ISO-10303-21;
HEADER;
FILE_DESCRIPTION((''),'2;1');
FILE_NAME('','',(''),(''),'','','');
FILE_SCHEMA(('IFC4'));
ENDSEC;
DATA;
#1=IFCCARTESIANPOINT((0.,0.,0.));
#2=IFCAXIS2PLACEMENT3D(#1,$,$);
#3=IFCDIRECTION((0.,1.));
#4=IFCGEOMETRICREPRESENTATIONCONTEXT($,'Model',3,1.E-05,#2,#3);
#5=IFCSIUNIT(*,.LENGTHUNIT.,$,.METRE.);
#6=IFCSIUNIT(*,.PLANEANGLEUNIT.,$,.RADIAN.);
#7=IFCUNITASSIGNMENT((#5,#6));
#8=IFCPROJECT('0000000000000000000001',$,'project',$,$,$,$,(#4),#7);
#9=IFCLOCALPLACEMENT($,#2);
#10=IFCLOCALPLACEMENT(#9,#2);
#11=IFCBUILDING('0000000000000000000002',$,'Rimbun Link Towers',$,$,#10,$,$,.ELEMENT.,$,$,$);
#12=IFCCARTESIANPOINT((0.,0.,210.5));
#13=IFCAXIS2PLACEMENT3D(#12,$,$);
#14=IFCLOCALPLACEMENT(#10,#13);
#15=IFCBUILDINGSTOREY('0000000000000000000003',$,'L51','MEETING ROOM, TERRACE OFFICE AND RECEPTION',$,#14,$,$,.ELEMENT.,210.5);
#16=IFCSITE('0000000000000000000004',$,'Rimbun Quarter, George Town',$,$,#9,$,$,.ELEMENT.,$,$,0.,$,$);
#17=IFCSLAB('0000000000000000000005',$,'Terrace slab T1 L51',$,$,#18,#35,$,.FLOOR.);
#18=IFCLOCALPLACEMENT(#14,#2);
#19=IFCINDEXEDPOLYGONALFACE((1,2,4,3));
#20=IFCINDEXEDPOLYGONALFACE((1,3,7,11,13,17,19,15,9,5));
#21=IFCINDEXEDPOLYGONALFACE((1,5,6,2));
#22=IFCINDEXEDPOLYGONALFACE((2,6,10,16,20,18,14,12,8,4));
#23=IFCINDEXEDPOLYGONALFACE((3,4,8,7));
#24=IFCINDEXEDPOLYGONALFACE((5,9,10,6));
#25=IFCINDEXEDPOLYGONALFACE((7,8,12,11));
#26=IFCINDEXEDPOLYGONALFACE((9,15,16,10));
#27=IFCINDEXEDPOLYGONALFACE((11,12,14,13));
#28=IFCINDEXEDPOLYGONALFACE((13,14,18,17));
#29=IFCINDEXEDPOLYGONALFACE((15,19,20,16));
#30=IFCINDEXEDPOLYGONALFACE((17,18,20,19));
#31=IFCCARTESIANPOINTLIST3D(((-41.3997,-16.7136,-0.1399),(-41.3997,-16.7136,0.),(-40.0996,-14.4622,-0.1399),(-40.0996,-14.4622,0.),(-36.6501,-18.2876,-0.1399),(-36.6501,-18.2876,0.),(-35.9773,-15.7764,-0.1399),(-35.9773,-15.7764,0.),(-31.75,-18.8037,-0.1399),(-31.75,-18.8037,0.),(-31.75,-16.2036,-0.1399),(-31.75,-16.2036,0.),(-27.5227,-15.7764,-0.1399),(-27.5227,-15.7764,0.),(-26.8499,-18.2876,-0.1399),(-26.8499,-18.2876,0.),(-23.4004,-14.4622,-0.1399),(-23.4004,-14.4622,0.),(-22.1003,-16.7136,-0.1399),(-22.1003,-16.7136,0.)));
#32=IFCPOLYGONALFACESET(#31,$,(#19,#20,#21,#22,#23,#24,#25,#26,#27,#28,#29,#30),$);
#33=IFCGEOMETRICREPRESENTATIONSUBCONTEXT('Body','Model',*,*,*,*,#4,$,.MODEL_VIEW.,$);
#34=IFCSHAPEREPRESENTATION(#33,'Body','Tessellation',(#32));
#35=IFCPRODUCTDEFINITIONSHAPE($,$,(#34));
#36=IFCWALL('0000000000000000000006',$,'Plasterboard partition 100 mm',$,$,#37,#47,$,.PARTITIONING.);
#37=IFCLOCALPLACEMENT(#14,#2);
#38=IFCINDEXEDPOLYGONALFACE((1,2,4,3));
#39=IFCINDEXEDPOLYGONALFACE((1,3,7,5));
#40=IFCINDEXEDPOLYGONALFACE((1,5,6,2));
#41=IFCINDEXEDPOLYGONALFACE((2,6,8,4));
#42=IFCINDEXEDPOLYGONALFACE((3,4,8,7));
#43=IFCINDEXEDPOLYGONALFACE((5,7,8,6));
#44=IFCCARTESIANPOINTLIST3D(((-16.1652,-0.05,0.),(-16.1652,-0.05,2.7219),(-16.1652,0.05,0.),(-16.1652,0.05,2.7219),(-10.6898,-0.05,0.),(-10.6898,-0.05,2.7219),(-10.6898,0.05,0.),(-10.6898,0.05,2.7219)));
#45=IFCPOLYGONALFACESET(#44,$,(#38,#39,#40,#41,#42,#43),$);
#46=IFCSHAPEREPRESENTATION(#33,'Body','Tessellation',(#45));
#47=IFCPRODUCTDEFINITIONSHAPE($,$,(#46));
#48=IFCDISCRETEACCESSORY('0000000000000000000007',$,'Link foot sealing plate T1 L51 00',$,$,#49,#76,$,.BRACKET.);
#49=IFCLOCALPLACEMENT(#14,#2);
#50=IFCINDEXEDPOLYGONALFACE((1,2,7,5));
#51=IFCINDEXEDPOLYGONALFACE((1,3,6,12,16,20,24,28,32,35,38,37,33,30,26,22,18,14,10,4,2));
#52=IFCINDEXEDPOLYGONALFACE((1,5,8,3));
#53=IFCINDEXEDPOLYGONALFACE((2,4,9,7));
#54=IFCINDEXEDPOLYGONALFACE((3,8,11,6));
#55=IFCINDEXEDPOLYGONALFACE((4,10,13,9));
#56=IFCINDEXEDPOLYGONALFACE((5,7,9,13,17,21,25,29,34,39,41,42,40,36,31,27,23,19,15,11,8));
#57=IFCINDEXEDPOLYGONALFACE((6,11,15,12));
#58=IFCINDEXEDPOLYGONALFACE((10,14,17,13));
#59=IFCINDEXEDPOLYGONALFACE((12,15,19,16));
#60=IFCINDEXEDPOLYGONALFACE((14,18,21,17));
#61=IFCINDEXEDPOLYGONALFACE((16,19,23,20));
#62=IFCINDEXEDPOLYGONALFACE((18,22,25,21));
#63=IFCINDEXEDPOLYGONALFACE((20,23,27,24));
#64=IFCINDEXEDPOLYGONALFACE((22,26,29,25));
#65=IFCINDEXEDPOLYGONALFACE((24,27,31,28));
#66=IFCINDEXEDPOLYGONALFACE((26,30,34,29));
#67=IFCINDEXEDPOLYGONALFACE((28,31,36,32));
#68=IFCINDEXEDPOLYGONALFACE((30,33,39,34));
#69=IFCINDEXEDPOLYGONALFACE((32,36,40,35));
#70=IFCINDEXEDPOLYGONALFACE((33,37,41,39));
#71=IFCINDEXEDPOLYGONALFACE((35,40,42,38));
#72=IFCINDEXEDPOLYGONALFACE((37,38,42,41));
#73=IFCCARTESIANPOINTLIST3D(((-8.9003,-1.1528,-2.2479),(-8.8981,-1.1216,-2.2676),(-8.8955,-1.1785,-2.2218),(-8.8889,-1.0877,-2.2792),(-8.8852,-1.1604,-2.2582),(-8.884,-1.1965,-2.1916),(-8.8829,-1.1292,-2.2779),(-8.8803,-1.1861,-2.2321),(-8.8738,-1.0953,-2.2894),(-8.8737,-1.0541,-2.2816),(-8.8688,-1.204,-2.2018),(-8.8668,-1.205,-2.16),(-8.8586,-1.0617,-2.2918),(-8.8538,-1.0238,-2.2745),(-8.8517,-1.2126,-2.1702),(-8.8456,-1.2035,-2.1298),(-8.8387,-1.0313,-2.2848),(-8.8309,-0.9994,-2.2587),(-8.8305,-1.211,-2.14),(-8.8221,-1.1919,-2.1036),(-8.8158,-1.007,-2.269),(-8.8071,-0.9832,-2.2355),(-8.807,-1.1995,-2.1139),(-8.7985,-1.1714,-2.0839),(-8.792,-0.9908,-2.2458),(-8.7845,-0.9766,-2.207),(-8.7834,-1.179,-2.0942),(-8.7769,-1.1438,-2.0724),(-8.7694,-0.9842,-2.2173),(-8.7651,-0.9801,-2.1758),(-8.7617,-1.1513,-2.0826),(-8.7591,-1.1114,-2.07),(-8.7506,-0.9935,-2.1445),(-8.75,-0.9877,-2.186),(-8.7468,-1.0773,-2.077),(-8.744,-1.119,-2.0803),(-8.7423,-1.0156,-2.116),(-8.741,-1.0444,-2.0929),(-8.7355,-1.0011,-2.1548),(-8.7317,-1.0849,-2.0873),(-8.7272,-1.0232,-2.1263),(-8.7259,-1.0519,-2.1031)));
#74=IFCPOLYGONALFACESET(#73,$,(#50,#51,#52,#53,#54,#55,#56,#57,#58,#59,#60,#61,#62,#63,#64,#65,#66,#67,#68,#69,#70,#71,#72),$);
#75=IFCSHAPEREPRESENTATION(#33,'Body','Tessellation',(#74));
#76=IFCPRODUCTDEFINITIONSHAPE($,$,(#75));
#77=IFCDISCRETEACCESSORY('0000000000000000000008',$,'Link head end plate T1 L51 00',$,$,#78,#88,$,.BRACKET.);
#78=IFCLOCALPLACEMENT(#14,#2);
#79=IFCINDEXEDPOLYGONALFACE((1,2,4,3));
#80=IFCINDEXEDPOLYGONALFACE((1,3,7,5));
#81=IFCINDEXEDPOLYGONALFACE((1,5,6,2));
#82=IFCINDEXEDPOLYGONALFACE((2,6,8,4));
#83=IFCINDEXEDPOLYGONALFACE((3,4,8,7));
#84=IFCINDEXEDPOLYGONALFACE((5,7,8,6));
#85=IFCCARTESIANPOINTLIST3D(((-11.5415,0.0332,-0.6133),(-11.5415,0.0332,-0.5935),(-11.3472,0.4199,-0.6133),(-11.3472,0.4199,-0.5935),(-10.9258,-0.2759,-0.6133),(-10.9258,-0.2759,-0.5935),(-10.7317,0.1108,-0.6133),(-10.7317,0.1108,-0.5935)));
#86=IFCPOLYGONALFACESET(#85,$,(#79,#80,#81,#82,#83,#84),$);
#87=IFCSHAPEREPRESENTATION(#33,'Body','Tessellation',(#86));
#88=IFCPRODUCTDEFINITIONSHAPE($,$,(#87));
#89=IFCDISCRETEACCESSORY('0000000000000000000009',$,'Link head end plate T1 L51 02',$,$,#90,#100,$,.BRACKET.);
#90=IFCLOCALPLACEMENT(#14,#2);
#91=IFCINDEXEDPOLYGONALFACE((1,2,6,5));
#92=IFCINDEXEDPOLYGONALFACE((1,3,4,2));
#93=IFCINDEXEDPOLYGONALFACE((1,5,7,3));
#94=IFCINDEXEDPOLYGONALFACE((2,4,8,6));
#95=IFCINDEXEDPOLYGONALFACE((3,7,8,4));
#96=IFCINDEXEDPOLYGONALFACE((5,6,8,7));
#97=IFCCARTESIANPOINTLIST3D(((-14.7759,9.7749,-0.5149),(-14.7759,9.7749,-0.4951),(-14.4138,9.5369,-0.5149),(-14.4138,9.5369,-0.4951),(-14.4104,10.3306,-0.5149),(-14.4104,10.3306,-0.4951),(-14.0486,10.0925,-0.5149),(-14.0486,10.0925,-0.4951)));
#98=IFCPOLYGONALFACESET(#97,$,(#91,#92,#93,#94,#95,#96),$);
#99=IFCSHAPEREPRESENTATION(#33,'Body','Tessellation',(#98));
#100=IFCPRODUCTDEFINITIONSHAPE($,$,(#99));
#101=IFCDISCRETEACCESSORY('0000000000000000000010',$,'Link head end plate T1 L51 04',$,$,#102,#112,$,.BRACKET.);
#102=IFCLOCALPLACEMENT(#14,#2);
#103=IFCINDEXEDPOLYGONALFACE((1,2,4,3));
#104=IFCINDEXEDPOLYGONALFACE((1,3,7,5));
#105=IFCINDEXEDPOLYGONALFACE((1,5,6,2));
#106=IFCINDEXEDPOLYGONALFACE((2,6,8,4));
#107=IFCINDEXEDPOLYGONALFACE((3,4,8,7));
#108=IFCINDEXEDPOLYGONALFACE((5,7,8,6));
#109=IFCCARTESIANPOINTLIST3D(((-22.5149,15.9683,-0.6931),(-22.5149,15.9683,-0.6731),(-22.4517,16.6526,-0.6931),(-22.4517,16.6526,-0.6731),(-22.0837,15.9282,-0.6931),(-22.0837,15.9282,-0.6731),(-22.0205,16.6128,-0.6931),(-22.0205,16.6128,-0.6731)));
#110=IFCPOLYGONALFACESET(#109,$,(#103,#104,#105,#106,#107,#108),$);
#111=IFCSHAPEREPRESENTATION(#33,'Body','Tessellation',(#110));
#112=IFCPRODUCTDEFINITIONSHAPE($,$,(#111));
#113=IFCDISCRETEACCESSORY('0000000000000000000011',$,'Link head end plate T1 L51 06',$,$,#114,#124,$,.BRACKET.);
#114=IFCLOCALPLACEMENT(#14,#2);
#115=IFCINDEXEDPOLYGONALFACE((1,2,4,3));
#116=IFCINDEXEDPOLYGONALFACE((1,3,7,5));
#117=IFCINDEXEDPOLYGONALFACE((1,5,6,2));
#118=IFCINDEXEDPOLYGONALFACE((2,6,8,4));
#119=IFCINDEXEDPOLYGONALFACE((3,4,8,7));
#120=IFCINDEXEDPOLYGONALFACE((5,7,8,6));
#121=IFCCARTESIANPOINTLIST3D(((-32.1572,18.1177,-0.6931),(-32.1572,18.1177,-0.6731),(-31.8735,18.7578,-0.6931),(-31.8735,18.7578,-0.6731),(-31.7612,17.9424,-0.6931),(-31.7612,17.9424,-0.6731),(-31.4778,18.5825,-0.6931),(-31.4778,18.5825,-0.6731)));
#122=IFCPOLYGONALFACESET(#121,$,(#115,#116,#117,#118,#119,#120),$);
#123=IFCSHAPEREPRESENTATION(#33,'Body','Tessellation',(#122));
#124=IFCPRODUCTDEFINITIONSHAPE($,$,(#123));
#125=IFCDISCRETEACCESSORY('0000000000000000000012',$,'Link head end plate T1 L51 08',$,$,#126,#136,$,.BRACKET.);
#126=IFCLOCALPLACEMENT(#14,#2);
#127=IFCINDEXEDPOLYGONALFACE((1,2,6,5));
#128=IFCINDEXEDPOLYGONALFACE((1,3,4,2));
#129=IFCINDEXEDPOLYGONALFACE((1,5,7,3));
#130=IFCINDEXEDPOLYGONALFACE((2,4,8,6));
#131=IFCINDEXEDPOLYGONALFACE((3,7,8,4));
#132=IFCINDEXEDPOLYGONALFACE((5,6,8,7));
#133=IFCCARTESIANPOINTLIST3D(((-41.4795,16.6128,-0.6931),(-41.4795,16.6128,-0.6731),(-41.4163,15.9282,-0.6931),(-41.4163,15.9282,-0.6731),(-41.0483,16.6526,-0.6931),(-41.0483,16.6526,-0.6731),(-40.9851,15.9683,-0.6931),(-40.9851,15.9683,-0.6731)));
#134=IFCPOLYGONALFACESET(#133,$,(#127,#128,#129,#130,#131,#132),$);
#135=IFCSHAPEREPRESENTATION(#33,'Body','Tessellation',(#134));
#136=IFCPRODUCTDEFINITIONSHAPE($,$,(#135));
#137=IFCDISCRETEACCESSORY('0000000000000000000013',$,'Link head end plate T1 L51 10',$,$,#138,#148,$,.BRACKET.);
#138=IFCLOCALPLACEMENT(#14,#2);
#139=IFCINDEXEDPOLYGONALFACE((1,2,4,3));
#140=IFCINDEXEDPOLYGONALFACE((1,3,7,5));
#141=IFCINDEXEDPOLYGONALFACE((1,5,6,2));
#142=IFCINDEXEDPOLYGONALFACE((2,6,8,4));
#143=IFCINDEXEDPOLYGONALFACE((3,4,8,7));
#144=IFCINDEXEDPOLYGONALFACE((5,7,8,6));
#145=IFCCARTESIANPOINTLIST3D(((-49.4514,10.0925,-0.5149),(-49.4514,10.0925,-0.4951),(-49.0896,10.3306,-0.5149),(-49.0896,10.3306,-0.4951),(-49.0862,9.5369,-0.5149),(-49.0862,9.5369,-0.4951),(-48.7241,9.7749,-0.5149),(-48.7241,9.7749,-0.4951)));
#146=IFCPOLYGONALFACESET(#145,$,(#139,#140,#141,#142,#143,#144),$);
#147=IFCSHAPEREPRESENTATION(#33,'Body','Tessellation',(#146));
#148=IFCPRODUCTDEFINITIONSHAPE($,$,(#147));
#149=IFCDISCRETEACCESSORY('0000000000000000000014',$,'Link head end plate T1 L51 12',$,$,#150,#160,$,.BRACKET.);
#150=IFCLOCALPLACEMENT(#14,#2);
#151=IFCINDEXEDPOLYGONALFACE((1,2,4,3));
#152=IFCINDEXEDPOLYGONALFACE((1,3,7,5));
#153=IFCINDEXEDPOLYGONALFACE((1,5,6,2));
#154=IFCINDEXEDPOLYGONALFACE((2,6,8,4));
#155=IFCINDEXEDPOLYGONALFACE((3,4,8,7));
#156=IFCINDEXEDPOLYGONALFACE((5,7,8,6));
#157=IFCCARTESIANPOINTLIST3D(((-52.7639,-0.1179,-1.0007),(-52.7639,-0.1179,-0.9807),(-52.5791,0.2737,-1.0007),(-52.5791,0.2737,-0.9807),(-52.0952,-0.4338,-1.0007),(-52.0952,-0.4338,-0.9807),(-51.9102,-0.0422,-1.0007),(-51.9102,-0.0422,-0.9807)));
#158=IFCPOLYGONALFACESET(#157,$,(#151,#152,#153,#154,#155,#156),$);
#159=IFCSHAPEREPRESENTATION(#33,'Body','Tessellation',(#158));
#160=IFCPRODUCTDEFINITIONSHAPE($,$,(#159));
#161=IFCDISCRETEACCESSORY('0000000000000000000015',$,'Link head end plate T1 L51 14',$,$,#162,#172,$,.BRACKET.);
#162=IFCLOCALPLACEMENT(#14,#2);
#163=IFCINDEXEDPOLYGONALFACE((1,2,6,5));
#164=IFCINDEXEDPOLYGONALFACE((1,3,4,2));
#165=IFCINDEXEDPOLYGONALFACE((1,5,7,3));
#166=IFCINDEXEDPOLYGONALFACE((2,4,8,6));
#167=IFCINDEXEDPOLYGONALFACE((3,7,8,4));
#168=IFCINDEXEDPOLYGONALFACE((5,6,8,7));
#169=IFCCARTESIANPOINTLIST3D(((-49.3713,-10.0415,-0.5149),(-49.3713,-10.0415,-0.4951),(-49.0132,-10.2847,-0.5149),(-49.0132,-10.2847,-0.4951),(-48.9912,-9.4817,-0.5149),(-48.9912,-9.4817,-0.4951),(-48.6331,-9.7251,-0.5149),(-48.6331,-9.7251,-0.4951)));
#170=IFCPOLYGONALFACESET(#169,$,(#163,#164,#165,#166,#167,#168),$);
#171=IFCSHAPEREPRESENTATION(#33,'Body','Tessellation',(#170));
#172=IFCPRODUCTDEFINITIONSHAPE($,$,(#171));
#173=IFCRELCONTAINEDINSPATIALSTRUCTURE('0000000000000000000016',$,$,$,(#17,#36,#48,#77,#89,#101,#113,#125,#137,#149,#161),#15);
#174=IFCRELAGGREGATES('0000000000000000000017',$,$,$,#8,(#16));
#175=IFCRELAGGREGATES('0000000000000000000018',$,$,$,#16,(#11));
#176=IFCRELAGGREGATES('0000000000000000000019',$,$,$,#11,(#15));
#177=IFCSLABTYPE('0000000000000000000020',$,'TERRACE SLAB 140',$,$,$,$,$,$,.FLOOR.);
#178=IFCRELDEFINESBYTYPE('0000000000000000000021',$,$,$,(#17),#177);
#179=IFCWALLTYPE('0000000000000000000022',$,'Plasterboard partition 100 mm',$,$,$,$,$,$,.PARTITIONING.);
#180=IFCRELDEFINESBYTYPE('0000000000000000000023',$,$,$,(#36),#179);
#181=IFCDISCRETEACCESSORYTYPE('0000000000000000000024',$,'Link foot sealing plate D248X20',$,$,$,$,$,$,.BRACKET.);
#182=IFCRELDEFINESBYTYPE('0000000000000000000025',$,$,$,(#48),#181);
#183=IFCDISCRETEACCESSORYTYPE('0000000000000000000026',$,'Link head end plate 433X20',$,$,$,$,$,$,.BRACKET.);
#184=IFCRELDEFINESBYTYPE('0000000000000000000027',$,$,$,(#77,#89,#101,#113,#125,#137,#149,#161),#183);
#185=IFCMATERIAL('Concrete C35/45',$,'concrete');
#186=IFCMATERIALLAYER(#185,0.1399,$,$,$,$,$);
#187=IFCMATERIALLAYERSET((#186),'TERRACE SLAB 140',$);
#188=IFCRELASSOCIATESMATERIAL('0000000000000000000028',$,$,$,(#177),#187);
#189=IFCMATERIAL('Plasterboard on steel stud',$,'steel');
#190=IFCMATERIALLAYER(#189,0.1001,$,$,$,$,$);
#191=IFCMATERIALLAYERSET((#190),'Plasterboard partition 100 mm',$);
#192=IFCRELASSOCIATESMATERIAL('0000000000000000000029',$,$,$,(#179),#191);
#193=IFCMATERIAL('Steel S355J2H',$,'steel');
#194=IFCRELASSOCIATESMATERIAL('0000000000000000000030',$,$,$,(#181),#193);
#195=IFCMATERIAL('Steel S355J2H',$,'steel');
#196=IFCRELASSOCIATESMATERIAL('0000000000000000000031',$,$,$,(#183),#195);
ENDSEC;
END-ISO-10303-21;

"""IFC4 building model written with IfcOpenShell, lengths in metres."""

from ifc_helpers import new_model, si_unit, direction, frame, frame_2d, origin, origin_2d, place, context, subcontext, project, spatial, polyline, rectangle, circle, outline, extrude, material, layer, layer_set, material_profile, profile_set, type_object, element, save


model = new_model("IFC4")

# Units and contexts
model_context = context("Model", 3, precision=1e-05, world=origin(), true_north=direction((0.0, 1.0)))
body_context = subcontext(model_context, "Body", "Model", "MODEL_VIEW")
ifc_project = project(units=[si_unit("LENGTHUNIT", "METRE"), si_unit("PLANEANGLEUNIT", "RADIAN")], contexts=[model_context])

# Site, building, storey
site_placement = place(None, origin())
site = spatial("IfcSite", under=ifc_project, at=site_placement, Name="Rimbun Quarter, George Town", CompositionType="ELEMENT", RefElevation=0.0)
building_placement = place(site_placement, origin())
building = spatial("IfcBuilding", under=site, at=building_placement, Name="Rimbun Link Towers", CompositionType="ELEMENT")
storey_placement = place(building_placement, frame((0.0, 0.0, 210.5)))
storey = spatial("IfcBuildingStorey", under=building, at=storey_placement, Name="L51", Description="MEETING ROOM, TERRACE OFFICE AND RECEPTION", CompositionType="ELEMENT", Elevation=210.5)

# Slab
ifc_material_1 = material(Name="Concrete C35/45", Category="concrete")
ifc_layer_1 = layer(ifc_material_1, 0.1399)
ifc_layer_set_1 = layer_set([ifc_layer_1], Name="TERRACE SLAB 140")
slab_type_1 = type_object("IfcSlabType", Name="TERRACE SLAB 140", PredefinedType="FLOOR", material=ifc_layer_set_1)
slab_1_placement = place(storey_placement, frame((0.0, 0.0, -0.1399)))
element("IfcSlab", 1, at=slab_1_placement, inside=storey, type_object=slab_type_1, Name="Terrace slab T1 L51", PredefinedType="FLOOR", context=body_context, shape_type="SweptSolid", body=[
    extrude(outline(polyline([(-40.0996, -14.4622), (-35.9773, -15.7764), (-31.75, -16.2036), (-27.5227, -15.7764), (-23.4004, -14.4622), (-22.1003, -16.7136), (-26.8499, -18.2876), (-31.75, -18.8037), (-36.6501, -18.2876), (-41.3997, -16.7136), (-40.0996, -14.4622)])), origin(), (0.0, 0.0, 1.0), 0.1399),
])

# Wall
ifc_material_2 = material(Name="Plasterboard on steel stud", Category="steel")
ifc_layer_2 = layer(ifc_material_2, 0.1001)
ifc_layer_set_2 = layer_set([ifc_layer_2], Name="Plasterboard partition 100 mm")
wall_type = type_object("IfcWallType", Name="Plasterboard partition 100 mm", PredefinedType="PARTITIONING", material=ifc_layer_set_2)
wall_placement = place(storey_placement, frame((-10.6897, 0.0, 0.0), z_axis=(0.0, 0.0, 1.0), x_axis=(-1.0, 0.0, 0.0)))
element("IfcWall", 2, at=wall_placement, inside=storey, type_object=wall_type, Name="Plasterboard partition 100 mm", PredefinedType="PARTITIONING", context=body_context, shape_type="SweptSolid", body=[
    extrude(rectangle(XDim=5.4753, YDim=0.1001, at=frame_2d((2.7378, 0.0))), origin(), (0.0, 0.0, 1.0), 2.7219),
])

# Discrete accessories
ifc_material_3 = material(Name="Steel S355J2H", Category="steel")
ifc_material_profile_1 = material_profile(ifc_material_3, circle(Radius=0.124, at=origin_2d()), Name="PL D248")
ifc_profile_set_1 = profile_set([ifc_material_profile_1], Name="Steel S355J2H")
discrete_accessory_type_1 = type_object("IfcDiscreteAccessoryType", Name="Link foot sealing plate D248X20", PredefinedType="BRACKET", material=ifc_profile_set_1)
discrete_accessory_1_placement = place(storey_placement, frame((-8.8206, -1.0911, -2.1758), z_axis=(0.764966, -0.382483, -0.518203), x_axis=(0.447214, 0.894427, 0.0)))
element("IfcDiscreteAccessory", 3, at=discrete_accessory_1_placement, inside=storey, type_object=discrete_accessory_type_1, Name="Link foot sealing plate T1 L51 00", PredefinedType="BRACKET", context=body_context, shape_type="SweptSolid", body=[
    extrude(circle(Radius=0.124, at=origin_2d()), origin(), (0.0, 0.0, 1.0), 0.0198),
])
ifc_material_4 = material(Name="Steel S355J2H", Category="steel")
ifc_material_profile_2 = material_profile(ifc_material_4, rectangle(XDim=0.4331, YDim=0.4331, at=origin_2d()), Name="PL 433x433")
ifc_profile_set_2 = profile_set([ifc_material_profile_2], Name="Steel S355J2H")
discrete_accessory_type_2 = type_object("IfcDiscreteAccessoryType", Name="Link head end plate 433X20", PredefinedType="BRACKET", material=ifc_profile_set_2)
discrete_accessory_2_placement = place(storey_placement, frame((0.0, 0.0, -0.6133)))
element("IfcDiscreteAccessory", 4, at=discrete_accessory_2_placement, inside=storey, type_object=discrete_accessory_type_2, Name="Link head end plate T1 L51 00", PredefinedType="BRACKET", context=body_context, shape_type="SweptSolid", body=[
    extrude(outline(polyline([(-11.5415, 0.0332), (-10.9258, -0.2759), (-10.7317, 0.1108), (-11.3472, 0.4199), (-11.5415, 0.0332)])), origin(), (0.0, 0.0, 1.0), 0.0198),
])
discrete_accessory_3_placement = place(storey_placement, frame((0.0, 0.0, -0.5149)))
element("IfcDiscreteAccessory", 5, at=discrete_accessory_3_placement, inside=storey, type_object=discrete_accessory_type_2, Name="Link head end plate T1 L51 02", PredefinedType="BRACKET", context=body_context, shape_type="SweptSolid", body=[
    extrude(outline(polyline([(-14.4138, 9.5369), (-14.0486, 10.0925), (-14.4104, 10.3306), (-14.7759, 9.7749), (-14.4138, 9.5369)])), origin(), (0.0, 0.0, 1.0), 0.0198),
])
discrete_accessory_4_placement = place(storey_placement, frame((0.0, 0.0, -0.6931)))
element("IfcDiscreteAccessory", 6, at=discrete_accessory_4_placement, inside=storey, type_object=discrete_accessory_type_2, Name="Link head end plate T1 L51 04", PredefinedType="BRACKET", context=body_context, shape_type="SweptSolid", body=[
    extrude(outline(polyline([(-22.0837, 15.9282), (-22.0205, 16.6128), (-22.4517, 16.6526), (-22.5149, 15.9683), (-22.0837, 15.9282)])), origin(), (0.0, 0.0, 1.0), 0.02),
])
discrete_accessory_5_placement = place(storey_placement, frame((0.0, 0.0, -0.6931)))
element("IfcDiscreteAccessory", 7, at=discrete_accessory_5_placement, inside=storey, type_object=discrete_accessory_type_2, Name="Link head end plate T1 L51 06", PredefinedType="BRACKET", context=body_context, shape_type="SweptSolid", body=[
    extrude(outline(polyline([(-31.7612, 17.9424), (-31.4778, 18.5825), (-31.8735, 18.7578), (-32.1572, 18.1177), (-31.7612, 17.9424)])), origin(), (0.0, 0.0, 1.0), 0.02),
])
discrete_accessory_6_placement = place(storey_placement, frame((0.0, 0.0, -0.6931)))
element("IfcDiscreteAccessory", 8, at=discrete_accessory_6_placement, inside=storey, type_object=discrete_accessory_type_2, Name="Link head end plate T1 L51 08", PredefinedType="BRACKET", context=body_context, shape_type="SweptSolid", body=[
    extrude(outline(polyline([(-40.9851, 15.9683), (-41.0483, 16.6526), (-41.4795, 16.6128), (-41.4163, 15.9282), (-40.9851, 15.9683)])), origin(), (0.0, 0.0, 1.0), 0.02),
])
discrete_accessory_7_placement = place(storey_placement, frame((0.0, 0.0, -0.5149)))
element("IfcDiscreteAccessory", 9, at=discrete_accessory_7_placement, inside=storey, type_object=discrete_accessory_type_2, Name="Link head end plate T1 L51 10", PredefinedType="BRACKET", context=body_context, shape_type="SweptSolid", body=[
    extrude(outline(polyline([(-48.7241, 9.7749), (-49.0896, 10.3306), (-49.4514, 10.0925), (-49.0862, 9.5369), (-48.7241, 9.7749)])), origin(), (0.0, 0.0, 1.0), 0.0198),
])
discrete_accessory_8_placement = place(storey_placement, frame((0.0, 0.0, -1.0007)))
element("IfcDiscreteAccessory", 10, at=discrete_accessory_8_placement, inside=storey, type_object=discrete_accessory_type_2, Name="Link head end plate T1 L51 12", PredefinedType="BRACKET", context=body_context, shape_type="SweptSolid", body=[
    extrude(outline(polyline([(-51.9102, -0.0422), (-52.5791, 0.2737), (-52.7639, -0.1179), (-52.0952, -0.4338), (-51.9102, -0.0422)])), origin(), (0.0, 0.0, 1.0), 0.02),
])
discrete_accessory_9_placement = place(storey_placement, frame((0.0, 0.0, -0.5149)))
element("IfcDiscreteAccessory", 11, at=discrete_accessory_9_placement, inside=storey, type_object=discrete_accessory_type_2, Name="Link head end plate T1 L51 14", PredefinedType="BRACKET", context=body_context, shape_type="SweptSolid", body=[
    extrude(outline(polyline([(-48.9912, -9.4817), (-49.3713, -10.0415), (-49.0132, -10.2847), (-48.6331, -9.7251), (-48.9912, -9.4817)])), origin(), (0.0, 0.0, 1.0), 0.0198),
])

save(model, "model.ifc")
